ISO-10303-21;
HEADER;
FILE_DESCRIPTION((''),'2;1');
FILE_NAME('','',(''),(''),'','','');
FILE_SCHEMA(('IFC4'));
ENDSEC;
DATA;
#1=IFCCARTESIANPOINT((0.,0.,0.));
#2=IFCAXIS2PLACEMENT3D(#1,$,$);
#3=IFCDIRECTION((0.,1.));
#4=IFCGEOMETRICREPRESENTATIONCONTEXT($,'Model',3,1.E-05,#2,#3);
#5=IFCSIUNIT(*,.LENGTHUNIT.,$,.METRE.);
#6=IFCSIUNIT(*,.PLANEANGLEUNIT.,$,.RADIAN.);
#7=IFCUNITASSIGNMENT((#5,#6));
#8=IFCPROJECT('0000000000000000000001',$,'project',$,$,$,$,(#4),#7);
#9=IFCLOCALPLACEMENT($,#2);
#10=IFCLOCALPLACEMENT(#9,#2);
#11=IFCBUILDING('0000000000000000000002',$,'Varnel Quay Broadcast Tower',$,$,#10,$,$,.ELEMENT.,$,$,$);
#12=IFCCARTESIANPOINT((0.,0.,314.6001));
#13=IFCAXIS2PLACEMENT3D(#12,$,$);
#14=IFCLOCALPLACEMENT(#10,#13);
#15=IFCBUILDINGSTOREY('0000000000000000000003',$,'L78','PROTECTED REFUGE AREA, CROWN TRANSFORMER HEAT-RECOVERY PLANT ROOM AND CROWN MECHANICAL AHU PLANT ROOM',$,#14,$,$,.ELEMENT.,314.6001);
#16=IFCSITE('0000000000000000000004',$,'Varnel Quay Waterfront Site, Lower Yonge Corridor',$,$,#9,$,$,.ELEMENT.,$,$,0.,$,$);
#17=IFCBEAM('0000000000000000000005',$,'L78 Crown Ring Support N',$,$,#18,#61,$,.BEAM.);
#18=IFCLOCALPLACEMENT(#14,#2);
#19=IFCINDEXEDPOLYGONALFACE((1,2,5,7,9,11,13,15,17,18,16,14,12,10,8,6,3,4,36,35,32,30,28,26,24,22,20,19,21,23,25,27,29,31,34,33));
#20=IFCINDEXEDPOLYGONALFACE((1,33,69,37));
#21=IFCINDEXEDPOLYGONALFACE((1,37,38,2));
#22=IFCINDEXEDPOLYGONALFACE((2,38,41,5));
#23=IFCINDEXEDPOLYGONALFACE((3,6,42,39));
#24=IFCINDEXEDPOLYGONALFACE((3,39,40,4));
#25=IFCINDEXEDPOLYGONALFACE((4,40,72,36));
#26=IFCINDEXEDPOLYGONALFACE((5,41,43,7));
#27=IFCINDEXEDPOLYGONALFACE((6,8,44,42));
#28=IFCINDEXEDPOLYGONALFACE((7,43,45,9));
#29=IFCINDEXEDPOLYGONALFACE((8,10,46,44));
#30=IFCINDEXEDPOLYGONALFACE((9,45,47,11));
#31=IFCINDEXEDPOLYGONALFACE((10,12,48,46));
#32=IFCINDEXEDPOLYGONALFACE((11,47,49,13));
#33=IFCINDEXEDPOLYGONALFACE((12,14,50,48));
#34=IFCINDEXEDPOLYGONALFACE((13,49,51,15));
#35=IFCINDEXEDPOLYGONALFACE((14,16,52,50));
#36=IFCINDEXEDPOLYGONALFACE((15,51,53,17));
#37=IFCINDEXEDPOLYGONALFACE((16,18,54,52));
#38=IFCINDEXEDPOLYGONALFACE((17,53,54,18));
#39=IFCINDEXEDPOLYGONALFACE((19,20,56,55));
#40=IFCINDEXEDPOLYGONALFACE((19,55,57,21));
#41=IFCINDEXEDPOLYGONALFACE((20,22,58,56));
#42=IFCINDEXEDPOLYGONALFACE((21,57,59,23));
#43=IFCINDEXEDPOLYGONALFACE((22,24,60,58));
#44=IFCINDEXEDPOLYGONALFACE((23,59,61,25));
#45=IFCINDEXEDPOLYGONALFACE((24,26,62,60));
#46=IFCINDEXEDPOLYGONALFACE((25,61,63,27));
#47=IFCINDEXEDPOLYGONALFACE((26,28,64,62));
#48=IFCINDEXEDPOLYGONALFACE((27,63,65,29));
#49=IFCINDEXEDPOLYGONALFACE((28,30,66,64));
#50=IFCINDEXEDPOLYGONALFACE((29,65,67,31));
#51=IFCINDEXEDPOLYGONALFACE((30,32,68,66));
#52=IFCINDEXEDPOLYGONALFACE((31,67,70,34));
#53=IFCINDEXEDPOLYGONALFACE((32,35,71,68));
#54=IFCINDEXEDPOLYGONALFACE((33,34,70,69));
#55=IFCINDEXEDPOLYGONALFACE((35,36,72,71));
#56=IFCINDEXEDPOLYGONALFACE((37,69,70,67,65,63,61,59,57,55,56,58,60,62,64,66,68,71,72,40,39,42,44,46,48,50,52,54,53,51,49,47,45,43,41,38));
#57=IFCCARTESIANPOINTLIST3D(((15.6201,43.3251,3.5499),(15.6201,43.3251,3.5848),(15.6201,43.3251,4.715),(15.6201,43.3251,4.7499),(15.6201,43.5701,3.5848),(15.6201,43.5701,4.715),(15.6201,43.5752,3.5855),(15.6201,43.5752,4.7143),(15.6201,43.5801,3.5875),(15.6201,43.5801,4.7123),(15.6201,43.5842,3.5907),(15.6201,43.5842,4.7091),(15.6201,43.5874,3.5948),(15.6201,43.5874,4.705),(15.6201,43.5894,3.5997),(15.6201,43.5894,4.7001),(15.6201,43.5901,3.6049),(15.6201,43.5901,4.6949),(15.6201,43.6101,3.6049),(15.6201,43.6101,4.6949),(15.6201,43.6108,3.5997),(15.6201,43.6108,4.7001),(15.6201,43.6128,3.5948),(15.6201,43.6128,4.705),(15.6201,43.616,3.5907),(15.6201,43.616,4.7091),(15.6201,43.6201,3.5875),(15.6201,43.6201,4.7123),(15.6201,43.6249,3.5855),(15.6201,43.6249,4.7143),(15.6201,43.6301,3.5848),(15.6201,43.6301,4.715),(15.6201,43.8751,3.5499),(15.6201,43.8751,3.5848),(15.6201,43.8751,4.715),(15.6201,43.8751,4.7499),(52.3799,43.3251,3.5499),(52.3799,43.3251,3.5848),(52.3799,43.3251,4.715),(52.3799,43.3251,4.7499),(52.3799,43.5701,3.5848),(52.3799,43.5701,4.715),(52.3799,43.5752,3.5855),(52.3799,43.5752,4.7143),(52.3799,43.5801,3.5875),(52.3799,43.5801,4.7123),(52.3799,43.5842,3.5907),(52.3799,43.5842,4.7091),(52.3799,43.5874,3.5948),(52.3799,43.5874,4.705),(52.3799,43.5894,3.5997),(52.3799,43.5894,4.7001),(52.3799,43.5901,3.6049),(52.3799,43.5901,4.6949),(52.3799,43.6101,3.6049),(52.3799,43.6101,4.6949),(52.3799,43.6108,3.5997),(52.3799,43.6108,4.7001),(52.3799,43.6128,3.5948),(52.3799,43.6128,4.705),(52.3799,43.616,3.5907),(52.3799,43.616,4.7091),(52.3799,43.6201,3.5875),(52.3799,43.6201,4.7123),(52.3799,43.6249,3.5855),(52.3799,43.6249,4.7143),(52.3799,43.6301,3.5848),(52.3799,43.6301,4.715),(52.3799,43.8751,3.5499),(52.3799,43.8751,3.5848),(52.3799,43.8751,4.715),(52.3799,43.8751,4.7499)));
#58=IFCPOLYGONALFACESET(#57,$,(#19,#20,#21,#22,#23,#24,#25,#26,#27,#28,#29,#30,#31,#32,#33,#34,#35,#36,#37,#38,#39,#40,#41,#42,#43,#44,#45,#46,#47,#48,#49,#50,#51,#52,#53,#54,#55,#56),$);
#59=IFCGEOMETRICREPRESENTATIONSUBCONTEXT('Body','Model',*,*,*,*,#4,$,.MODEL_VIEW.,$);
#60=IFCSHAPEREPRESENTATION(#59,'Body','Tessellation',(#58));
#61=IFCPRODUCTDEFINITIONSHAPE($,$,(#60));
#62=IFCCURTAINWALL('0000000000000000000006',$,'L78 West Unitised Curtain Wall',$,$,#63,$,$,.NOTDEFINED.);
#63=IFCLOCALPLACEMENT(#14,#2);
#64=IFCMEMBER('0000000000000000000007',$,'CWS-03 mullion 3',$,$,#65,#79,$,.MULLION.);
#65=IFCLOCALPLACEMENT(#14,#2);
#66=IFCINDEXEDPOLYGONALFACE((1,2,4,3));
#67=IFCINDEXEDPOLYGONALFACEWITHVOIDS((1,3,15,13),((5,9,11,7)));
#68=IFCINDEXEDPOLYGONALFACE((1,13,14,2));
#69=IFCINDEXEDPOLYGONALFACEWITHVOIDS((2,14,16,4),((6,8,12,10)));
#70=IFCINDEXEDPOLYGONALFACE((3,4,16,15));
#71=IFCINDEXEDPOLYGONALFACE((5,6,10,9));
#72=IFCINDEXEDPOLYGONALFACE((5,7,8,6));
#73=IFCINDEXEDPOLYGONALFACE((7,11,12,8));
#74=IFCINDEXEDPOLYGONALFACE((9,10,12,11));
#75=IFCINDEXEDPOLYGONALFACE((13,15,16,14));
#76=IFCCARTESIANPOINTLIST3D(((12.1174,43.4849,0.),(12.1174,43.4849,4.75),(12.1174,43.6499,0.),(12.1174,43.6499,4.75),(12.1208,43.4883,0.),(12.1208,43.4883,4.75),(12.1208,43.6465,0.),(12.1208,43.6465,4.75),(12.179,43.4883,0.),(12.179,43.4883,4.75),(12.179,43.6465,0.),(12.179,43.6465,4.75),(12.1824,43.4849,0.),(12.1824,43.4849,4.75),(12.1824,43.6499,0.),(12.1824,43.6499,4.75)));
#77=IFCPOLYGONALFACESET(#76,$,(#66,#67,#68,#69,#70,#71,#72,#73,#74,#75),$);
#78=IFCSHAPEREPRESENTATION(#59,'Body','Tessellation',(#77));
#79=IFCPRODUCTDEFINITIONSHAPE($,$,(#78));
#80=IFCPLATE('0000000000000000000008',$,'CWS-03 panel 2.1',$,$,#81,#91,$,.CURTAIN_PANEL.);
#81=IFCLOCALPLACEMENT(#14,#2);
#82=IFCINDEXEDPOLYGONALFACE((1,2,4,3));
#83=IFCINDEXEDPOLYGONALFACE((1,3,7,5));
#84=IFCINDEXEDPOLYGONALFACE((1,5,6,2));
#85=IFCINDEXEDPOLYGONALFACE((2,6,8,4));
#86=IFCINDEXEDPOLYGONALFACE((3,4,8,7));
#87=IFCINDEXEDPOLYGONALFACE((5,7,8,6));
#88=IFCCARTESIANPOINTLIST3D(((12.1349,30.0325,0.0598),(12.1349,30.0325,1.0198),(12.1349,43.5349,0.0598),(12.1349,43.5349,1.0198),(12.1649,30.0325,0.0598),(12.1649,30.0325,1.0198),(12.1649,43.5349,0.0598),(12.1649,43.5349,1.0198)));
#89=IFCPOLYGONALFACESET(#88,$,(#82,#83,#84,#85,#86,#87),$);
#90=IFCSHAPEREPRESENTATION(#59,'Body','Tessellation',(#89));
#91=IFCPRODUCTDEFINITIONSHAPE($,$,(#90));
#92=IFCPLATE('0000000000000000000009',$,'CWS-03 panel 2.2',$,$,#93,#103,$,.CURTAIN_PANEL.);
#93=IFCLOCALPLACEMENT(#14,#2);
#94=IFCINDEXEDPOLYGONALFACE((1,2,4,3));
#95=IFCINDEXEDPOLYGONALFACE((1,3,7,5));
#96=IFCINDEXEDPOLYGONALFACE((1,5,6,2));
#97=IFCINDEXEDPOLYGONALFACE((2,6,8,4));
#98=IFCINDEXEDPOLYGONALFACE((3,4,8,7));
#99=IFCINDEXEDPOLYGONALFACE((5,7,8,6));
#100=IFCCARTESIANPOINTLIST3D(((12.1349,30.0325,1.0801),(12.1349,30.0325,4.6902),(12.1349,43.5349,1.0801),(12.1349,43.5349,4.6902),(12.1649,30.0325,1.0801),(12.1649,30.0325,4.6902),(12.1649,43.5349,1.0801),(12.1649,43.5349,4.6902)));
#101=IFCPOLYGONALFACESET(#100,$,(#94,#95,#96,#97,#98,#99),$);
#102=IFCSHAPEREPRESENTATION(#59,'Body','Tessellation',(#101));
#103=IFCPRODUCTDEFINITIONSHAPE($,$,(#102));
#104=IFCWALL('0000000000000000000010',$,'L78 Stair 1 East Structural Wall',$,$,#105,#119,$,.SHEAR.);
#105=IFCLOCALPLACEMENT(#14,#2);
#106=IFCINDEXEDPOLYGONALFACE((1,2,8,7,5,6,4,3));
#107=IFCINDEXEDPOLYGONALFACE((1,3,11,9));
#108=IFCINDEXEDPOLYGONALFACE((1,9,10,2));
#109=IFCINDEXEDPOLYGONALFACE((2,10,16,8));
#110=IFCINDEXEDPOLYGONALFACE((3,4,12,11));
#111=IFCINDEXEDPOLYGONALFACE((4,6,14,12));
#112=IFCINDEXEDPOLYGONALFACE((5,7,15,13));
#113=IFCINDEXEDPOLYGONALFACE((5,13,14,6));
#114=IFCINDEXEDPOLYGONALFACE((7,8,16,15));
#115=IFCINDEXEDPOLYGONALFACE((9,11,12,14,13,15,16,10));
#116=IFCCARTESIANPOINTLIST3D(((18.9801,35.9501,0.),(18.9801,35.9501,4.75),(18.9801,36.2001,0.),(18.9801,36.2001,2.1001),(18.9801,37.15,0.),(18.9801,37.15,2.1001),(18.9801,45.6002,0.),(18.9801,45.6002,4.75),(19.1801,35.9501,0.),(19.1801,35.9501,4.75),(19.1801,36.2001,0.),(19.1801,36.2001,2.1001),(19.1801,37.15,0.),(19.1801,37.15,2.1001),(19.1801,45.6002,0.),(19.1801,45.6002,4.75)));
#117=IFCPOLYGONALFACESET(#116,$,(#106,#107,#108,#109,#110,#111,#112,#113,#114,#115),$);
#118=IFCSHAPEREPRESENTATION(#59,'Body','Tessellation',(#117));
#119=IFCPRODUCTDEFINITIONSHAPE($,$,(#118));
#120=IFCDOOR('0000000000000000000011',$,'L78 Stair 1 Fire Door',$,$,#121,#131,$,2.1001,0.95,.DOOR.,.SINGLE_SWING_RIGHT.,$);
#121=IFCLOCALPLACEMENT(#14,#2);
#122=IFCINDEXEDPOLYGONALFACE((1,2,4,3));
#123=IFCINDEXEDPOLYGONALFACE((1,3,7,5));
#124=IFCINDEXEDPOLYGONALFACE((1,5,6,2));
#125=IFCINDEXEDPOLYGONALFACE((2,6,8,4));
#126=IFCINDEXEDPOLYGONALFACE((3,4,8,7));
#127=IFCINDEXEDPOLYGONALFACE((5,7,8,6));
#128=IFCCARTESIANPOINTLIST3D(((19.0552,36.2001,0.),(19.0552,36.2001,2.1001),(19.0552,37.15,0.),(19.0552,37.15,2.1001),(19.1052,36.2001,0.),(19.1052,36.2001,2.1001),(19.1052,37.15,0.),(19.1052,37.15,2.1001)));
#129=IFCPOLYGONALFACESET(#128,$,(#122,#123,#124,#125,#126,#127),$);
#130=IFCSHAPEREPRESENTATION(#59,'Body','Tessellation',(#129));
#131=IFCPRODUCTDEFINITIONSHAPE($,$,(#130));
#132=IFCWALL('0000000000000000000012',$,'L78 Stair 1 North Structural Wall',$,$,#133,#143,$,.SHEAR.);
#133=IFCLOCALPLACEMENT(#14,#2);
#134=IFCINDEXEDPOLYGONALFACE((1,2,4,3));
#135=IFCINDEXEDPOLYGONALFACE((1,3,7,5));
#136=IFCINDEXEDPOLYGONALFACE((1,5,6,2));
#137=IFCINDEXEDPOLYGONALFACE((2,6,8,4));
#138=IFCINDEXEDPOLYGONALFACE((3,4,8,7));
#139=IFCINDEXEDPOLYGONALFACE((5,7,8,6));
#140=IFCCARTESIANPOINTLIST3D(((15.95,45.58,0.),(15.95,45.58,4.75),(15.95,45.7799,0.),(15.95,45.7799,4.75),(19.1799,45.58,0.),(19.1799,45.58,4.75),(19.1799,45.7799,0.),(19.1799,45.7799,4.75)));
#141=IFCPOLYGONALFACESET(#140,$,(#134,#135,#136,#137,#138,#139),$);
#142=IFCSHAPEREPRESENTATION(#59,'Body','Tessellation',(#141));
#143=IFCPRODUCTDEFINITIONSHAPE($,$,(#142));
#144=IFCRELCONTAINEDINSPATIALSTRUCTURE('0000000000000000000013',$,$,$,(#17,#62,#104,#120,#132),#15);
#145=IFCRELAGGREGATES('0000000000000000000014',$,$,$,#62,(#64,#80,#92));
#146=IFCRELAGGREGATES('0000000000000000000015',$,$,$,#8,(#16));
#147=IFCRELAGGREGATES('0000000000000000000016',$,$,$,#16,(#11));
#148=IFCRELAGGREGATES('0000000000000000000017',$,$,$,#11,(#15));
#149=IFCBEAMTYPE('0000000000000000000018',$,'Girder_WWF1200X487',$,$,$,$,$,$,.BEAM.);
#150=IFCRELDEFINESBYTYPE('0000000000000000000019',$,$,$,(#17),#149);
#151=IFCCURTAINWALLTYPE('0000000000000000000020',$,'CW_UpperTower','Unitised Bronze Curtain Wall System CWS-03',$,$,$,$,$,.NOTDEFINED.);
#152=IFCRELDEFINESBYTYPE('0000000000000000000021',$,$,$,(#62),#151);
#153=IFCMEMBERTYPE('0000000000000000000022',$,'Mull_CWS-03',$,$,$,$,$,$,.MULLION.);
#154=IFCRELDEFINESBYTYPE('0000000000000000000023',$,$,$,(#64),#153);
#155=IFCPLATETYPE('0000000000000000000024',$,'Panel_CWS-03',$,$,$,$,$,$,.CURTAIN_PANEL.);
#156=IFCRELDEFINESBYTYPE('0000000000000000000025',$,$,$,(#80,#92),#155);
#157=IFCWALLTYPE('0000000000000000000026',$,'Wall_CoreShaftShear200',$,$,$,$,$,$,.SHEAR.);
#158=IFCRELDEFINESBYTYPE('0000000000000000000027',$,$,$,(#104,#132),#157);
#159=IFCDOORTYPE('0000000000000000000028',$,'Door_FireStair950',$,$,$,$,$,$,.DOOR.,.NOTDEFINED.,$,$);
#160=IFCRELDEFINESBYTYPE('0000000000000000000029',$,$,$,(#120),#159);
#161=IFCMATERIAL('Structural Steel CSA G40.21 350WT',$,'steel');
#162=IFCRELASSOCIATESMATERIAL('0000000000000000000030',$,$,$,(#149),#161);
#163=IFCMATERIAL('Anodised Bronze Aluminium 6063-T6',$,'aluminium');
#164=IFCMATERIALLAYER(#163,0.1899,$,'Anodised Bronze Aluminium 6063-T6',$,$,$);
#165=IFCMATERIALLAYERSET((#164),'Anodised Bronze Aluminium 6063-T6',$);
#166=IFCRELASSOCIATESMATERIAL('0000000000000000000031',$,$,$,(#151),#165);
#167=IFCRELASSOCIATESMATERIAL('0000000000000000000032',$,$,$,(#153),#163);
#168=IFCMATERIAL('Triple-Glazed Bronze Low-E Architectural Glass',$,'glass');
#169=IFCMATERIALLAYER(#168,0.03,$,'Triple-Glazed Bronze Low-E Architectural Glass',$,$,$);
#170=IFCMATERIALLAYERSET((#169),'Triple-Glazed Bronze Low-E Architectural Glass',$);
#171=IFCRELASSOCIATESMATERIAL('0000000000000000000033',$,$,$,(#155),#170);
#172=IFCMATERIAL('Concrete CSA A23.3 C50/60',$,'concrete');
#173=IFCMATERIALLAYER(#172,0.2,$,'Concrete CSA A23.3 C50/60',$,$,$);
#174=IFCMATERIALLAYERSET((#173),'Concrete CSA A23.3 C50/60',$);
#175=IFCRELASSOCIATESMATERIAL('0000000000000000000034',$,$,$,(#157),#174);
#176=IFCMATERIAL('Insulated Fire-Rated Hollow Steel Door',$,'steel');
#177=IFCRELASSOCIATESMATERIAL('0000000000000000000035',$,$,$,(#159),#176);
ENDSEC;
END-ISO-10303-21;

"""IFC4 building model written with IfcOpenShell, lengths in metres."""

from ifc_helpers import new_model, si_unit, direction, frame, frame_2d, origin, origin_2d, place, context, subcontext, project, spatial, rectangle, hollow_rectangle, i_section, extrude, source, transform, mapped, material, layer, layer_set, material_profile, profile_set, type_object, type_shapes, element, fill, aggregate, save


model = new_model("IFC4")

# Units and contexts
model_context = context("Model", 3, precision=1e-05, world=origin(), true_north=direction((0.0, 1.0)))
body_context = subcontext(model_context, "Body", "Model", "MODEL_VIEW")
ifc_project = project(units=[si_unit("LENGTHUNIT", "METRE"), si_unit("PLANEANGLEUNIT", "RADIAN")], contexts=[model_context])

# Site, building, storey
site_placement = place(None, origin())
site = spatial("IfcSite", under=ifc_project, at=site_placement, Name="Varnel Quay Waterfront Site, Lower Yonge Corridor", CompositionType="ELEMENT", RefElevation=0.0)
building_placement = place(site_placement, origin())
building = spatial("IfcBuilding", under=site, at=building_placement, Name="Varnel Quay Broadcast Tower", CompositionType="ELEMENT")
storey_placement = place(building_placement, frame((0.0, 0.0, 314.6001)))
storey = spatial("IfcBuildingStorey", under=building, at=storey_placement, Name="L78", Description="PROTECTED REFUGE AREA, CROWN TRANSFORMER HEAT-RECOVERY PLANT ROOM AND CROWN MECHANICAL AHU PLANT ROOM", CompositionType="ELEMENT", Elevation=314.6001)

# Shared definitions
ifc_material_1 = material(Name="Structural Steel CSA G40.21 350WT", Category="steel")

# Beam
ifc_material_profile_1 = material_profile(ifc_material_1, i_section(OverallWidth=0.55, OverallDepth=1.2, WebThickness=0.02, FlangeThickness=0.0349, FilletRadius=0.02, at=origin_2d()), Name="WWF1200X487")
ifc_profile_set_1 = profile_set([ifc_material_profile_1], Name="Structural Steel CSA G40.21 350WT")
beam_type_1 = type_object("IfcBeamType", Name="Girder_WWF1200X487", PredefinedType="BEAM", material=ifc_profile_set_1)
shared_shape_1 = source(origin(), body_context, "Body", "SweptSolid", [
    extrude(i_section(OverallWidth=0.55, OverallDepth=1.2, WebThickness=0.02, FlangeThickness=0.0349, FilletRadius=0.02, at=origin_2d()), origin(), (0.0, 0.0, 1.0), 36.7598),
])
type_shapes(beam_type_1, [shared_shape_1])
beam_1_placement = place(storey_placement, frame((15.6201, 43.6001, 4.1499), z_axis=(1.0, 0.0, 0.0), x_axis=(0.0, 1.0, 0.0)))
element("IfcBeam", 1, at=beam_1_placement, inside=storey, type_object=beam_type_1, Name="L78 Crown Ring Support N", PredefinedType="BEAM", context=body_context, shape_type="MappedRepresentation", body=[
    mapped(shared_shape_1, transform((0.0, 0.0, 0.0), x_axis=(1.0, 0.0, 0.0), y_axis=(0.0, 1.0, 0.0), z_axis=(0.0, 0.0, 1.0), scale=1.0)),
])

# Curtain wall, member, plates
ifc_material_2 = material(Name="Anodised Bronze Aluminium 6063-T6", Category="aluminium")
ifc_layer_1 = layer(ifc_material_2, 0.1899, Name="Anodised Bronze Aluminium 6063-T6")
ifc_layer_set_1 = layer_set([ifc_layer_1], Name="Anodised Bronze Aluminium 6063-T6")
curtain_wall_type = type_object("IfcCurtainWallType", Name="CW_UpperTower", Description="Unitised Bronze Curtain Wall System CWS-03", PredefinedType="NOTDEFINED", material=ifc_layer_set_1)
curtain_wall_placement = place(storey_placement, origin())
curtain_wall = element("IfcCurtainWall", 2, at=curtain_wall_placement, inside=storey, type_object=curtain_wall_type, Name="L78 West Unitised Curtain Wall", PredefinedType="NOTDEFINED")
ifc_material_profile_2 = material_profile(ifc_material_2, hollow_rectangle(XDim=0.0649, YDim=0.165, WallThickness=0.0034, at=origin_2d()), Name="ALU65X165X3.5")
ifc_profile_set_2 = profile_set([ifc_material_profile_2], Name="Anodised Bronze Aluminium 6063-T6")
member_type = type_object("IfcMemberType", Name="Mull_CWS-03", PredefinedType="MULLION", material=ifc_profile_set_2)
shared_shape_2 = source(origin(), body_context, "Body", "SweptSolid", [
    extrude(hollow_rectangle(XDim=0.0649, YDim=0.165, WallThickness=0.0034, at=origin_2d()), origin(), (0.0, 0.0, 1.0), 4.75),
])
type_shapes(member_type, [shared_shape_2])
member_placement = place(storey_placement, frame((12.1499, 43.5674, 0.0), z_axis=(0.0, 0.0, 1.0), x_axis=(-1.0, 0.0, 0.0)))
member = element("IfcMember", 3, at=member_placement, type_object=member_type, Name="CWS-03 mullion 3", PredefinedType="MULLION", context=body_context, shape_type="MappedRepresentation", body=[
    mapped(shared_shape_2, transform((0.0, 0.0, 0.0), x_axis=(1.0, 0.0, 0.0), y_axis=(0.0, 1.0, 0.0), z_axis=(0.0, 0.0, 1.0), scale=1.0)),
])
ifc_material_3 = material(Name="Triple-Glazed Bronze Low-E Architectural Glass", Category="glass")
ifc_layer_2 = layer(ifc_material_3, 0.03, Name="Triple-Glazed Bronze Low-E Architectural Glass")
ifc_layer_set_2 = layer_set([ifc_layer_2], Name="Triple-Glazed Bronze Low-E Architectural Glass")
plate_type = type_object("IfcPlateType", Name="Panel_CWS-03", PredefinedType="CURTAIN_PANEL", material=ifc_layer_set_2)
shared_shape_3 = source(origin(), body_context, "Body", "SweptSolid", [
    extrude(rectangle(XDim=13.5024, YDim=0.03, at=origin_2d()), origin(), (0.0, 0.0, 1.0), 0.96),
])
plate_1_placement = place(storey_placement, frame((12.1499, 36.7837, 0.0598), z_axis=(0.0, 0.0, 1.0), x_axis=(0.0, 1.0, 0.0)))
plate_1 = element("IfcPlate", 4, at=plate_1_placement, type_object=plate_type, Name="CWS-03 panel 2.1", PredefinedType="CURTAIN_PANEL", context=body_context, shape_type="MappedRepresentation", body=[
    mapped(shared_shape_3, transform((0.0, 0.0, 0.0), x_axis=(1.0, 0.0, 0.0), y_axis=(0.0, 1.0, 0.0), z_axis=(0.0, 0.0, 1.0), scale=1.0)),
])
shared_shape_4 = source(origin(), body_context, "Body", "SweptSolid", [
    extrude(rectangle(XDim=13.5024, YDim=0.03, at=origin_2d()), origin(), (0.0, 0.0, 1.0), 3.6101),
])
type_shapes(plate_type, [shared_shape_3, shared_shape_4])
plate_2_placement = place(storey_placement, frame((12.1499, 36.7837, 1.0801), z_axis=(0.0, 0.0, 1.0), x_axis=(0.0, 1.0, 0.0)))
plate_2 = element("IfcPlate", 5, at=plate_2_placement, type_object=plate_type, Name="CWS-03 panel 2.2", PredefinedType="CURTAIN_PANEL", context=body_context, shape_type="MappedRepresentation", body=[
    mapped(shared_shape_4, transform((0.0, 0.0, 0.0), x_axis=(1.0, 0.0, 0.0), y_axis=(0.0, 1.0, 0.0), z_axis=(0.0, 0.0, 1.0), scale=1.0)),
])
aggregate(curtain_wall, [member, plate_1, plate_2])

# Wall, opening, door
ifc_material_4 = material(Name="Concrete CSA A23.3 C50/60", Category="concrete")
ifc_layer_3 = layer(ifc_material_4, 0.2, Name="Concrete CSA A23.3 C50/60")
ifc_layer_set_3 = layer_set([ifc_layer_3], Name="Concrete CSA A23.3 C50/60")
wall_type_1 = type_object("IfcWallType", Name="Wall_CoreShaftShear200", PredefinedType="SHEAR", material=ifc_layer_set_3)
wall_1_placement = place(storey_placement, frame((19.0801, 35.95, 0.0), z_axis=(0.0, 0.0, 1.0), x_axis=(0.0, 1.0, 0.0)))
wall_1 = element("IfcWall", 6, at=wall_1_placement, inside=storey, type_object=wall_type_1, Name="L78 Stair 1 East Structural Wall", PredefinedType="SHEAR", context=body_context, shape_type="SweptSolid", body=[
    extrude(rectangle(XDim=9.6501, YDim=0.2, at=frame_2d((4.8252, 0.0))), origin(), (0.0, 0.0, 1.0), 4.75),
])
opening_1_placement = place(wall_1_placement, frame((0.25, 0.0, 0.0)))
opening_1 = element("IfcOpeningElement", 7, at=opening_1_placement, cuts=wall_1, PredefinedType="OPENING", context=body_context, shape_type="SweptSolid", body=[
    extrude(rectangle(XDim=0.95, YDim=2.1001, at=frame_2d((0.4751, 1.05))), frame((0.0, 0.1099, 0.0), z_axis=(0.0, -1.0, 0.0), x_axis=(1.0, 0.0, 0.0)), (0.0, 0.0, 1.0), 0.22),
])
ifc_material_5 = material(Name="Insulated Fire-Rated Hollow Steel Door", Category="steel")
door_type_1 = type_object("IfcDoorType", Name="Door_FireStair950", OperationType="NOTDEFINED", PredefinedType="DOOR", material=ifc_material_5)
shared_shape_5 = source(origin(), body_context, "Body", "SweptSolid", [
    extrude(rectangle(XDim=0.95, YDim=2.1001, at=frame_2d((0.4751, 1.05))), frame((0.0, 0.0249, 0.0), z_axis=(0.0, -1.0, 0.0), x_axis=(1.0, 0.0, 0.0)), (0.0, 0.0, 1.0), 0.05),
])
type_shapes(door_type_1, [shared_shape_5])
door_1_placement = place(opening_1_placement, origin())
door_1 = element("IfcDoor", 8, at=door_1_placement, inside=storey, type_object=door_type_1, Name="L78 Stair 1 Fire Door", OperationType="SINGLE_SWING_RIGHT", OverallHeight=2.1001, OverallWidth=0.95, PredefinedType="DOOR", context=body_context, shape_type="MappedRepresentation", body=[
    mapped(shared_shape_5, transform((0.0, 0.0, 0.0), x_axis=(1.0, 0.0, 0.0), y_axis=(0.0, 1.0, 0.0), z_axis=(0.0, 0.0, 1.0), scale=1.0)),
])
fill(opening_1, door_1)

# Wall
wall_2_placement = place(storey_placement, frame((15.95, 45.6799, 0.0), z_axis=(0.0, 0.0, 1.0), x_axis=(1.0, 0.0, 0.0)))
element("IfcWall", 9, at=wall_2_placement, inside=storey, type_object=wall_type_1, Name="L78 Stair 1 North Structural Wall", PredefinedType="SHEAR", context=body_context, shape_type="SweptSolid", body=[
    extrude(rectangle(XDim=3.23, YDim=0.2, at=frame_2d((1.615, 0.0))), origin(), (0.0, 0.0, 1.0), 4.75),
])

save(model, "model.ifc")
